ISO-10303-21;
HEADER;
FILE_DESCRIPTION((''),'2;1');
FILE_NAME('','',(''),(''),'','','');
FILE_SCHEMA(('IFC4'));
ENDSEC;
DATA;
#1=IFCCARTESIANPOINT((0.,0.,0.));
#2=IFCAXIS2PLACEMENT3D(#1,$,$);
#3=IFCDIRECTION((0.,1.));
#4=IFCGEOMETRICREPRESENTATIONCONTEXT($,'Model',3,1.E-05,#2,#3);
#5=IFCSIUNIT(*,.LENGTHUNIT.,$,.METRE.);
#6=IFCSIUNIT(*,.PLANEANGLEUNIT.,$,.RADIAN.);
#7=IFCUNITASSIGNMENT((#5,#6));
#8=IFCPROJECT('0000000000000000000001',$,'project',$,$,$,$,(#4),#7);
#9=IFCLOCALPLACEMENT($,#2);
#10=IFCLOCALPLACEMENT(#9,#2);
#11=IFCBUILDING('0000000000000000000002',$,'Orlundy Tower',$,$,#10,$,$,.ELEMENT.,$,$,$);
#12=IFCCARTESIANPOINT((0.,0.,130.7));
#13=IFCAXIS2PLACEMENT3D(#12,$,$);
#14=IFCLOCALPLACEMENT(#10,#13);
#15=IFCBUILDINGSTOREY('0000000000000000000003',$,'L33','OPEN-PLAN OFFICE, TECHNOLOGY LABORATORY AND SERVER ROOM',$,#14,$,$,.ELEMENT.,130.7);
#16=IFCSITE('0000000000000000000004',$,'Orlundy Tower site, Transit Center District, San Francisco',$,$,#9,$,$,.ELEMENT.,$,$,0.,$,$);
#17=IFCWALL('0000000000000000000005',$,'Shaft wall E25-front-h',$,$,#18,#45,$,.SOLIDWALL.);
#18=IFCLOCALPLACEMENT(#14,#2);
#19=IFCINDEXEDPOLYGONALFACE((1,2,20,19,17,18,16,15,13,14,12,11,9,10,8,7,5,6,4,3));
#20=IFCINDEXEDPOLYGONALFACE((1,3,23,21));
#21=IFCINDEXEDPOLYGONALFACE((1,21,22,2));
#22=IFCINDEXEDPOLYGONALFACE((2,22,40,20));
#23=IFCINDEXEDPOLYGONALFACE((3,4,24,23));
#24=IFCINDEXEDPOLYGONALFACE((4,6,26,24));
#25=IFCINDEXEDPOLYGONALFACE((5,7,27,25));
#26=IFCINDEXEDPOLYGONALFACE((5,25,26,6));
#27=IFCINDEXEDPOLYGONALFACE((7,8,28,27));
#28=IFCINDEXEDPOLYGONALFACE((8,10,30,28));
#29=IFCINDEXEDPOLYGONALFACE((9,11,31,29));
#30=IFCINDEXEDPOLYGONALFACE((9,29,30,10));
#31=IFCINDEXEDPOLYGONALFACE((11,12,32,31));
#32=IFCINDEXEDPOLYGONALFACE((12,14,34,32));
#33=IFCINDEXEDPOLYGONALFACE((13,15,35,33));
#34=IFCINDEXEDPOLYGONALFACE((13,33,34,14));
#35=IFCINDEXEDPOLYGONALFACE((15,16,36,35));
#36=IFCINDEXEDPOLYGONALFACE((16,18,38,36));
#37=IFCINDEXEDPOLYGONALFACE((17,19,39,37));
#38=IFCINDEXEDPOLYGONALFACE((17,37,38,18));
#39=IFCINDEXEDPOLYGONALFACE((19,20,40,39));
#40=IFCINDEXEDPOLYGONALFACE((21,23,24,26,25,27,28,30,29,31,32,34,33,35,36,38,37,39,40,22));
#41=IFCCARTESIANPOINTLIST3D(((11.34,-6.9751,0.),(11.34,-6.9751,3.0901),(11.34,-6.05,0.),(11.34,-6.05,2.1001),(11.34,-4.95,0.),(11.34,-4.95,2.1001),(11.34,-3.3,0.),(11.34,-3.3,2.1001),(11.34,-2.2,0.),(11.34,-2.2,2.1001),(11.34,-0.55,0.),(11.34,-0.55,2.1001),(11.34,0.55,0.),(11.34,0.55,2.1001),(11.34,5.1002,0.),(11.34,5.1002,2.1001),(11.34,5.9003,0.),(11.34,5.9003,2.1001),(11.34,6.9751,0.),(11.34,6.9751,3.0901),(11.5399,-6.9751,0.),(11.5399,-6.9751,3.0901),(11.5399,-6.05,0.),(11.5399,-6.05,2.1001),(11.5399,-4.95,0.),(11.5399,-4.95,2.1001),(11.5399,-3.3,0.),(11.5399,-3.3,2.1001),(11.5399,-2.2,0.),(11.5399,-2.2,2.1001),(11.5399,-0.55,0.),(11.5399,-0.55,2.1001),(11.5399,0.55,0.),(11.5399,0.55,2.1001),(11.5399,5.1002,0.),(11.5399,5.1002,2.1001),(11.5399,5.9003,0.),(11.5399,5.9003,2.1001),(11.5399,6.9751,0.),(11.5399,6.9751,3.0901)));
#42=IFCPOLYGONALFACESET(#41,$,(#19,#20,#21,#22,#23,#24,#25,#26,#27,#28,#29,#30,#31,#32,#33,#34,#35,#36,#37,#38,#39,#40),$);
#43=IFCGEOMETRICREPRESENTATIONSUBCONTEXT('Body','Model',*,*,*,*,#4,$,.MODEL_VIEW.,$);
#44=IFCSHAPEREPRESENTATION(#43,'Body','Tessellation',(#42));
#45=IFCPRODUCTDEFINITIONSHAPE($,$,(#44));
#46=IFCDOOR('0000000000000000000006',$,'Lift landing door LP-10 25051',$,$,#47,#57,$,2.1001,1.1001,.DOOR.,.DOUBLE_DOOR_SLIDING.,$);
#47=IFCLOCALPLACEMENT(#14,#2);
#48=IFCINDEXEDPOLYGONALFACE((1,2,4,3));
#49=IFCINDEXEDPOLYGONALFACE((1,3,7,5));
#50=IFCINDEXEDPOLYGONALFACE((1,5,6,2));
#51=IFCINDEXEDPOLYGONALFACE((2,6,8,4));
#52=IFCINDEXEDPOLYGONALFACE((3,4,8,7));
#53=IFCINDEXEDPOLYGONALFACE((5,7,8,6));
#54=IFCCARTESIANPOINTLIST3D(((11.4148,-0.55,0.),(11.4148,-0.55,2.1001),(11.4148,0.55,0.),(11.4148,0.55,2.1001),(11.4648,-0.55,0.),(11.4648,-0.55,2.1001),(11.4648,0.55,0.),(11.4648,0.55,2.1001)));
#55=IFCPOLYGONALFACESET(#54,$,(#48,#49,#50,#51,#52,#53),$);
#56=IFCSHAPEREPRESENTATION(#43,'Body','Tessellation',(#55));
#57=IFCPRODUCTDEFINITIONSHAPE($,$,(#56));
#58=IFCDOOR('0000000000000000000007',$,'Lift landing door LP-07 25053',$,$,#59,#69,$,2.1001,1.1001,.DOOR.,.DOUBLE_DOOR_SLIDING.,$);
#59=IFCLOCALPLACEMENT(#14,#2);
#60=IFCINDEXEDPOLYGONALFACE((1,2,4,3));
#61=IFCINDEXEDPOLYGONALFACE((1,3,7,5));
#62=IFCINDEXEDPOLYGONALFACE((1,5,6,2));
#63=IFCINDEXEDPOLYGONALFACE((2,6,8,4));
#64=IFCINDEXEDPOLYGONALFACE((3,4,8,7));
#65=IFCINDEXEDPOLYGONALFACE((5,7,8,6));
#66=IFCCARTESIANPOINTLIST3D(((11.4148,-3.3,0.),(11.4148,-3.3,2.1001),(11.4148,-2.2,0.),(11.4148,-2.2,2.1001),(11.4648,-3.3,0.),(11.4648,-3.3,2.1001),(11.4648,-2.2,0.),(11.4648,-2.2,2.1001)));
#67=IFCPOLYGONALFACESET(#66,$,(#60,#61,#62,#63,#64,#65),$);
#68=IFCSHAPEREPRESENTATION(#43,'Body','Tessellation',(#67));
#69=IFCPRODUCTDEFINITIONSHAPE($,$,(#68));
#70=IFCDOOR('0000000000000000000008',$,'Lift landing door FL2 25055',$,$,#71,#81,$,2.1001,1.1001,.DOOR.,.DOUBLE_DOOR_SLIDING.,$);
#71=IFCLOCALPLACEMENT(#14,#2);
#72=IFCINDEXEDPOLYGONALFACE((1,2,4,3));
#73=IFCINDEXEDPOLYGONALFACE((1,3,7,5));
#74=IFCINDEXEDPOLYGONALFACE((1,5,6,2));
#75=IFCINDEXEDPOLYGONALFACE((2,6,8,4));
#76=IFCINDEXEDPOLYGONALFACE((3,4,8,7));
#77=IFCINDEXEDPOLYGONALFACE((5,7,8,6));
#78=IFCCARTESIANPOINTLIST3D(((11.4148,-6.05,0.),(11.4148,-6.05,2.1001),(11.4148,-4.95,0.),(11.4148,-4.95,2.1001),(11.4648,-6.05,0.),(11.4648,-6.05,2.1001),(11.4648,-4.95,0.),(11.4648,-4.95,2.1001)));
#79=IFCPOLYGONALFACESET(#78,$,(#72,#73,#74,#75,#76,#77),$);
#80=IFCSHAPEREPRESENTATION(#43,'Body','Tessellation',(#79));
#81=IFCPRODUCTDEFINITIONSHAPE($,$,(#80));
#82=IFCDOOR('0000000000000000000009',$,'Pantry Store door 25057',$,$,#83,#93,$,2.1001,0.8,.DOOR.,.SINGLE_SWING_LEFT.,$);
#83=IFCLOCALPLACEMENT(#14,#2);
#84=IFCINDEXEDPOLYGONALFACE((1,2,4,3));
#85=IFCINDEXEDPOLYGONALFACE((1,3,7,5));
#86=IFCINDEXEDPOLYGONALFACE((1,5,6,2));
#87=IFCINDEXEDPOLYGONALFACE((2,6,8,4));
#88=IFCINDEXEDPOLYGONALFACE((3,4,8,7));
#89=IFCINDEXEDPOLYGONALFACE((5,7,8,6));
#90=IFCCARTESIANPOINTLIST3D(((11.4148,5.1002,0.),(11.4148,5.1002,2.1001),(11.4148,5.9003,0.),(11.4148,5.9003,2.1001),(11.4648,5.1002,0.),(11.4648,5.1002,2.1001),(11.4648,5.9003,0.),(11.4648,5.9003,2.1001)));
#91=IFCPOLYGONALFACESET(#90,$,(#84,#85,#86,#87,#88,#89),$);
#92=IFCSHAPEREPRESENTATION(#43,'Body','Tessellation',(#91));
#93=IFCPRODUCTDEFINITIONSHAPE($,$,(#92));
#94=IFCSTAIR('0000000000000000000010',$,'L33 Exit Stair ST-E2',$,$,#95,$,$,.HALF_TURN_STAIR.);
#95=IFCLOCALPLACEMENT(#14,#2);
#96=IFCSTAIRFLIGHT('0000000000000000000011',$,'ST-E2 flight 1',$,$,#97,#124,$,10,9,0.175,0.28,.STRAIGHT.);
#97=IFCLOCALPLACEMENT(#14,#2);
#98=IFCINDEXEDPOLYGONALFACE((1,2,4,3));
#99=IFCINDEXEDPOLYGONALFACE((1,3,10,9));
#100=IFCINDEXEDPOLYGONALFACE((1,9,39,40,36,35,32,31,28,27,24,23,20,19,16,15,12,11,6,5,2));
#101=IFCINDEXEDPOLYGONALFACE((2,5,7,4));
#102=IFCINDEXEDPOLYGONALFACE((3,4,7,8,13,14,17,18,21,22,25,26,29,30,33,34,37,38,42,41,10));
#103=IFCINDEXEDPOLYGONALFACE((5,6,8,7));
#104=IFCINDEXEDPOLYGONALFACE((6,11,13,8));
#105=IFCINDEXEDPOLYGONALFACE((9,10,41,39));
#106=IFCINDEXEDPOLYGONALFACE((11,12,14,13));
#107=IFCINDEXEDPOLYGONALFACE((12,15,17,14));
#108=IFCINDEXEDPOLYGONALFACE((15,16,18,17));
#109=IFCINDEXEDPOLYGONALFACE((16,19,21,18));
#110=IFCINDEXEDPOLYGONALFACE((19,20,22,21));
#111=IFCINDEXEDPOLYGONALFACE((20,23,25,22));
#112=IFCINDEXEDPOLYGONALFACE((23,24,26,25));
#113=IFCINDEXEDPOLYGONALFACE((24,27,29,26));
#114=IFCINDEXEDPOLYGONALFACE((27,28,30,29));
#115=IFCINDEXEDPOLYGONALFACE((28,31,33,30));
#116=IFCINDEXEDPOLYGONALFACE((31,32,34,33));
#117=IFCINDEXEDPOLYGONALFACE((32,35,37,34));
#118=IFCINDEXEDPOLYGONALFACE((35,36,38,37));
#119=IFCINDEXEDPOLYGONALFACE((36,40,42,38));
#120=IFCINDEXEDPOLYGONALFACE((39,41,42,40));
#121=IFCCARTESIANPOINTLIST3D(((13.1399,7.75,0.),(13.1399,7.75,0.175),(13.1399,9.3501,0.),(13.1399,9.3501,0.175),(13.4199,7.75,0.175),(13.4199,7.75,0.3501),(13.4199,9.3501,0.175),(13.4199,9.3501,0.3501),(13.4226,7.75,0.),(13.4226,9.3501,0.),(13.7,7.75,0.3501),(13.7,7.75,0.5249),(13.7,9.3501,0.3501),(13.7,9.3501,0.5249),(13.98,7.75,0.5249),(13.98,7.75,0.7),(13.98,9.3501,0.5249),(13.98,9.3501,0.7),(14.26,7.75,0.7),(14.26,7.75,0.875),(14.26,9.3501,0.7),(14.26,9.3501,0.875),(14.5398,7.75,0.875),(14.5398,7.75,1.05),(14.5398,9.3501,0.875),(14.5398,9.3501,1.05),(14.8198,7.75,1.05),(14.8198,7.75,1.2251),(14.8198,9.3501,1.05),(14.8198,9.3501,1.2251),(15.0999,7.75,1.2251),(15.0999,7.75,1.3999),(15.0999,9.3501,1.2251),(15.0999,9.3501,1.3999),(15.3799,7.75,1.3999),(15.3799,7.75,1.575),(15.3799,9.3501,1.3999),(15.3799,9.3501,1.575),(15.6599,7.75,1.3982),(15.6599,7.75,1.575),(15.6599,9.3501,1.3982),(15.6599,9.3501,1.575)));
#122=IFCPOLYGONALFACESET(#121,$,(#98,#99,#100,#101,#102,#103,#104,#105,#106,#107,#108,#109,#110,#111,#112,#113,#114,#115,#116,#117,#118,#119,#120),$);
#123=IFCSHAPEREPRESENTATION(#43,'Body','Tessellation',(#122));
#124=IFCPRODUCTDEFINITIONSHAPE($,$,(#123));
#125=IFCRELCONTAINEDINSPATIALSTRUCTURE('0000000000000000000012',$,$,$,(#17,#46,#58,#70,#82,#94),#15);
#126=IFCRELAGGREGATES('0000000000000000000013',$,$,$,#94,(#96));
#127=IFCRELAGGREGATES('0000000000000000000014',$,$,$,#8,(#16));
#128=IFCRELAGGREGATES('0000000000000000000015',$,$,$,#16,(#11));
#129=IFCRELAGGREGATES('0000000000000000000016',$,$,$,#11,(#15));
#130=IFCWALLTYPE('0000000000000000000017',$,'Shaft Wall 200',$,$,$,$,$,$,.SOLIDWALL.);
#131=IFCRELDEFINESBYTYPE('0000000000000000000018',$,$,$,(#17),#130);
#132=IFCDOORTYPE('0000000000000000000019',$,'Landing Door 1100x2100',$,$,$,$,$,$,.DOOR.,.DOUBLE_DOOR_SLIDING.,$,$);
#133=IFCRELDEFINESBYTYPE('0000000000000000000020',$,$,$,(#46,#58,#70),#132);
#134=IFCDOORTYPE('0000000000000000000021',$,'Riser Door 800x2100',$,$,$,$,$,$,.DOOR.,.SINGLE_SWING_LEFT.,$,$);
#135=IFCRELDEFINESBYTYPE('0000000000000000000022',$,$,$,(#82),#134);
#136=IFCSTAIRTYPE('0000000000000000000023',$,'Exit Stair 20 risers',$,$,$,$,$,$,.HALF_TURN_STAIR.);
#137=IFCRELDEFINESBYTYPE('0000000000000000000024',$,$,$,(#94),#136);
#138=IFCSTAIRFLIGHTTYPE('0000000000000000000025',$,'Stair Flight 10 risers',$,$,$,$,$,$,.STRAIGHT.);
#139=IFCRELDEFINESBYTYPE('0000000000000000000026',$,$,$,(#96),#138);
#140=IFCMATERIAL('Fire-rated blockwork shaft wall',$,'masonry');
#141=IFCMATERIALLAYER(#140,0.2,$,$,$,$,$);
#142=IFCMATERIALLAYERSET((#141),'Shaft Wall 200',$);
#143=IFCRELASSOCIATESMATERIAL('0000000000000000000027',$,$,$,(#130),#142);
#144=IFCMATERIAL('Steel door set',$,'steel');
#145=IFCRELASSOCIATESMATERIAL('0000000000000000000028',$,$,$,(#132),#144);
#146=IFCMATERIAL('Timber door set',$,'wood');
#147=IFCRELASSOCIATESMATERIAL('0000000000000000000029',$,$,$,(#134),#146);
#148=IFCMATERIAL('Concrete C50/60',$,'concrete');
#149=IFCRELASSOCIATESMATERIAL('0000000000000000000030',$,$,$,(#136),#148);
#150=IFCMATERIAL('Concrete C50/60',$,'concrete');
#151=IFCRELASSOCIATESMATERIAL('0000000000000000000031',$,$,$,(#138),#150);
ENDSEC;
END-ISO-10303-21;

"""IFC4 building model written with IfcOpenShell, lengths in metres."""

from ifc_helpers import new_model, si_unit, direction, frame, frame_2d, origin, place, context, subcontext, project, spatial, polyline, rectangle, outline, extrude, material, layer, layer_set, type_object, element, fill, aggregate, save


model = new_model("IFC4")

# Units and contexts
model_context = context("Model", 3, precision=1e-05, world=origin(), true_north=direction((0.0, 1.0)))
body_context = subcontext(model_context, "Body", "Model", "MODEL_VIEW")
ifc_project = project(units=[si_unit("LENGTHUNIT", "METRE"), si_unit("PLANEANGLEUNIT", "RADIAN")], contexts=[model_context])

# Site, building, storey
site_placement = place(None, origin())
site = spatial("IfcSite", under=ifc_project, at=site_placement, Name="Orlundy Tower site, Transit Center District, San Francisco", CompositionType="ELEMENT", RefElevation=0.0)
building_placement = place(site_placement, origin())
building = spatial("IfcBuilding", under=site, at=building_placement, Name="Orlundy Tower", CompositionType="ELEMENT")
storey_placement = place(building_placement, frame((0.0, 0.0, 130.7)))
storey = spatial("IfcBuildingStorey", under=building, at=storey_placement, Name="L33", Description="OPEN-PLAN OFFICE, TECHNOLOGY LABORATORY AND SERVER ROOM", CompositionType="ELEMENT", Elevation=130.7)

# Shared definitions
ifc_material_1 = material(Name="Fire-rated blockwork shaft wall", Category="masonry")
ifc_layer_1 = layer(ifc_material_1, 0.2)
ifc_layer_set_1 = layer_set([ifc_layer_1], Name="Shaft Wall 200")
wall_type_1 = type_object("IfcWallType", Name="Shaft Wall 200", PredefinedType="SOLIDWALL", material=ifc_layer_set_1)

# Wall, openings, doors
wall_1_placement = place(storey_placement, frame((11.4399, 6.9751, 0.0), z_axis=(0.0, 0.0, 1.0), x_axis=(0.0, -1.0, 0.0)))
wall_1 = element("IfcWall", 1, at=wall_1_placement, inside=storey, type_object=wall_type_1, Name="Shaft wall E25-front-h", PredefinedType="SOLIDWALL", context=body_context, shape_type="SweptSolid", body=[
    extrude(rectangle(XDim=13.9502, YDim=0.2, at=frame_2d((6.9751, 0.0))), origin(), (0.0, 0.0, 1.0), 3.0901),
])
opening_1_placement = place(wall_1_placement, frame((6.425, 0.0, 0.0)))
opening_1 = element("IfcOpeningElement", 2, at=opening_1_placement, cuts=wall_1, PredefinedType="OPENING", context=body_context, shape_type="SweptSolid", body=[
    extrude(rectangle(XDim=1.1001, YDim=2.1001, at=frame_2d((0.55, 1.05))), frame((0.0, 0.1101, 0.0), z_axis=(0.0, -1.0, 0.0), x_axis=(1.0, 0.0, 0.0)), (0.0, 0.0, 1.0), 0.2202),
])
opening_2_placement = place(wall_1_placement, frame((9.175, 0.0, 0.0)))
opening_2 = element("IfcOpeningElement", 3, at=opening_2_placement, cuts=wall_1, PredefinedType="OPENING", context=body_context, shape_type="SweptSolid", body=[
    extrude(rectangle(XDim=1.1001, YDim=2.1001, at=frame_2d((0.55, 1.05))), frame((0.0, 0.1101, 0.0), z_axis=(0.0, -1.0, 0.0), x_axis=(1.0, 0.0, 0.0)), (0.0, 0.0, 1.0), 0.2202),
])
opening_3_placement = place(wall_1_placement, frame((11.925, 0.0, 0.0)))
opening_3 = element("IfcOpeningElement", 4, at=opening_3_placement, cuts=wall_1, PredefinedType="OPENING", context=body_context, shape_type="SweptSolid", body=[
    extrude(rectangle(XDim=1.1001, YDim=2.1001, at=frame_2d((0.55, 1.05))), frame((0.0, 0.1101, 0.0), z_axis=(0.0, -1.0, 0.0), x_axis=(1.0, 0.0, 0.0)), (0.0, 0.0, 1.0), 0.2202),
])
opening_4_placement = place(wall_1_placement, frame((1.075, 0.0, 0.0)))
opening_4 = element("IfcOpeningElement", 5, at=opening_4_placement, cuts=wall_1, PredefinedType="OPENING", context=body_context, shape_type="SweptSolid", body=[
    extrude(rectangle(XDim=0.8, YDim=2.1001, at=frame_2d((0.3999, 1.05))), frame((0.0, 0.1101, 0.0), z_axis=(0.0, -1.0, 0.0), x_axis=(1.0, 0.0, 0.0)), (0.0, 0.0, 1.0), 0.2202),
])
ifc_material_2 = material(Name="Steel door set", Category="steel")
door_type_1 = type_object("IfcDoorType", Name="Landing Door 1100x2100", OperationType="DOUBLE_DOOR_SLIDING", PredefinedType="DOOR", material=ifc_material_2)
door_1_placement = place(opening_1_placement, origin())
door_1 = element("IfcDoor", 6, at=door_1_placement, inside=storey, type_object=door_type_1, Name="Lift landing door LP-10 25051", OperationType="DOUBLE_DOOR_SLIDING", OverallHeight=2.1001, OverallWidth=1.1001, PredefinedType="DOOR", context=body_context, shape_type="SweptSolid", body=[
    extrude(rectangle(XDim=1.1001, YDim=2.1001, at=frame_2d((0.55, 1.05))), frame((0.0, 0.0249, 0.0), z_axis=(0.0, -1.0, 0.0), x_axis=(1.0, 0.0, 0.0)), (0.0, 0.0, 1.0), 0.05),
])
fill(opening_1, door_1)
door_2_placement = place(opening_2_placement, origin())
door_2 = element("IfcDoor", 7, at=door_2_placement, inside=storey, type_object=door_type_1, Name="Lift landing door LP-07 25053", OperationType="DOUBLE_DOOR_SLIDING", OverallHeight=2.1001, OverallWidth=1.1001, PredefinedType="DOOR", context=body_context, shape_type="SweptSolid", body=[
    extrude(rectangle(XDim=1.1001, YDim=2.1001, at=frame_2d((0.55, 1.05))), frame((0.0, 0.0249, 0.0), z_axis=(0.0, -1.0, 0.0), x_axis=(1.0, 0.0, 0.0)), (0.0, 0.0, 1.0), 0.05),
])
fill(opening_2, door_2)
door_3_placement = place(opening_3_placement, origin())
door_3 = element("IfcDoor", 8, at=door_3_placement, inside=storey, type_object=door_type_1, Name="Lift landing door FL2 25055", OperationType="DOUBLE_DOOR_SLIDING", OverallHeight=2.1001, OverallWidth=1.1001, PredefinedType="DOOR", context=body_context, shape_type="SweptSolid", body=[
    extrude(rectangle(XDim=1.1001, YDim=2.1001, at=frame_2d((0.55, 1.05))), frame((0.0, 0.0249, 0.0), z_axis=(0.0, -1.0, 0.0), x_axis=(1.0, 0.0, 0.0)), (0.0, 0.0, 1.0), 0.05),
])
fill(opening_3, door_3)
ifc_material_3 = material(Name="Timber door set", Category="wood")
door_type_2 = type_object("IfcDoorType", Name="Riser Door 800x2100", OperationType="SINGLE_SWING_LEFT", PredefinedType="DOOR", material=ifc_material_3)
door_4_placement = place(opening_4_placement, origin())
door_4 = element("IfcDoor", 9, at=door_4_placement, inside=storey, type_object=door_type_2, Name="Pantry Store door 25057", OperationType="SINGLE_SWING_LEFT", OverallHeight=2.1001, OverallWidth=0.8, PredefinedType="DOOR", context=body_context, shape_type="SweptSolid", body=[
    extrude(rectangle(XDim=0.8, YDim=2.1001, at=frame_2d((0.3999, 1.05))), frame((0.0, 0.0249, 0.0), z_axis=(0.0, -1.0, 0.0), x_axis=(1.0, 0.0, 0.0)), (0.0, 0.0, 1.0), 0.05),
])
fill(opening_4, door_4)

# Stair, stair flight
ifc_material_4 = material(Name="Concrete C50/60", Category="concrete")
stair_type = type_object("IfcStairType", Name="Exit Stair 20 risers", PredefinedType="HALF_TURN_STAIR", material=ifc_material_4)
stair_placement = place(storey_placement, origin())
stair = element("IfcStair", 10, at=stair_placement, inside=storey, type_object=stair_type, Name="L33 Exit Stair ST-E2", PredefinedType="HALF_TURN_STAIR")
ifc_material_5 = material(Name="Concrete C50/60", Category="concrete")
stair_flight_type = type_object("IfcStairFlightType", Name="Stair Flight 10 risers", PredefinedType="STRAIGHT", material=ifc_material_5)
stair_flight_placement = place(storey_placement, frame((13.1399, 8.55, 0.0), z_axis=(0.0, 0.0, 1.0), x_axis=(1.0, 0.0, 0.0)))
stair_flight = element("IfcStairFlight", 11, at=stair_flight_placement, type_object=stair_flight_type, Name="ST-E2 flight 1", NumberOfRisers=10, NumberOfTreads=9, PredefinedType="STRAIGHT", RiserHeight=0.175, TreadLength=0.28, context=body_context, shape_type="SweptSolid", body=[
    extrude(outline(polyline([(0.0, 0.0), (0.0, 0.175), (0.28, 0.175), (0.28, 0.3501), (0.5601, 0.3501), (0.5601, 0.5249), (0.8401, 0.5249), (0.8401, 0.7), (1.1201, 0.7), (1.1201, 0.875), (1.3999, 0.875), (1.3999, 1.05), (1.6799, 1.05), (1.6799, 1.2251), (1.96, 1.2251), (1.96, 1.3999), (2.24, 1.3999), (2.24, 1.575), (2.52, 1.575), (2.52, 1.75), (2.52, 1.3982), (0.2827, 0.0), (0.0, 0.0)])), frame((0.0, 0.8, 0.0), z_axis=(0.0, -1.0, 0.0), x_axis=(1.0, 0.0, 0.0)), (0.0, 0.0, 1.0), 1.6001),
])
aggregate(stair, [stair_flight])

save(model, "model.ifc")
